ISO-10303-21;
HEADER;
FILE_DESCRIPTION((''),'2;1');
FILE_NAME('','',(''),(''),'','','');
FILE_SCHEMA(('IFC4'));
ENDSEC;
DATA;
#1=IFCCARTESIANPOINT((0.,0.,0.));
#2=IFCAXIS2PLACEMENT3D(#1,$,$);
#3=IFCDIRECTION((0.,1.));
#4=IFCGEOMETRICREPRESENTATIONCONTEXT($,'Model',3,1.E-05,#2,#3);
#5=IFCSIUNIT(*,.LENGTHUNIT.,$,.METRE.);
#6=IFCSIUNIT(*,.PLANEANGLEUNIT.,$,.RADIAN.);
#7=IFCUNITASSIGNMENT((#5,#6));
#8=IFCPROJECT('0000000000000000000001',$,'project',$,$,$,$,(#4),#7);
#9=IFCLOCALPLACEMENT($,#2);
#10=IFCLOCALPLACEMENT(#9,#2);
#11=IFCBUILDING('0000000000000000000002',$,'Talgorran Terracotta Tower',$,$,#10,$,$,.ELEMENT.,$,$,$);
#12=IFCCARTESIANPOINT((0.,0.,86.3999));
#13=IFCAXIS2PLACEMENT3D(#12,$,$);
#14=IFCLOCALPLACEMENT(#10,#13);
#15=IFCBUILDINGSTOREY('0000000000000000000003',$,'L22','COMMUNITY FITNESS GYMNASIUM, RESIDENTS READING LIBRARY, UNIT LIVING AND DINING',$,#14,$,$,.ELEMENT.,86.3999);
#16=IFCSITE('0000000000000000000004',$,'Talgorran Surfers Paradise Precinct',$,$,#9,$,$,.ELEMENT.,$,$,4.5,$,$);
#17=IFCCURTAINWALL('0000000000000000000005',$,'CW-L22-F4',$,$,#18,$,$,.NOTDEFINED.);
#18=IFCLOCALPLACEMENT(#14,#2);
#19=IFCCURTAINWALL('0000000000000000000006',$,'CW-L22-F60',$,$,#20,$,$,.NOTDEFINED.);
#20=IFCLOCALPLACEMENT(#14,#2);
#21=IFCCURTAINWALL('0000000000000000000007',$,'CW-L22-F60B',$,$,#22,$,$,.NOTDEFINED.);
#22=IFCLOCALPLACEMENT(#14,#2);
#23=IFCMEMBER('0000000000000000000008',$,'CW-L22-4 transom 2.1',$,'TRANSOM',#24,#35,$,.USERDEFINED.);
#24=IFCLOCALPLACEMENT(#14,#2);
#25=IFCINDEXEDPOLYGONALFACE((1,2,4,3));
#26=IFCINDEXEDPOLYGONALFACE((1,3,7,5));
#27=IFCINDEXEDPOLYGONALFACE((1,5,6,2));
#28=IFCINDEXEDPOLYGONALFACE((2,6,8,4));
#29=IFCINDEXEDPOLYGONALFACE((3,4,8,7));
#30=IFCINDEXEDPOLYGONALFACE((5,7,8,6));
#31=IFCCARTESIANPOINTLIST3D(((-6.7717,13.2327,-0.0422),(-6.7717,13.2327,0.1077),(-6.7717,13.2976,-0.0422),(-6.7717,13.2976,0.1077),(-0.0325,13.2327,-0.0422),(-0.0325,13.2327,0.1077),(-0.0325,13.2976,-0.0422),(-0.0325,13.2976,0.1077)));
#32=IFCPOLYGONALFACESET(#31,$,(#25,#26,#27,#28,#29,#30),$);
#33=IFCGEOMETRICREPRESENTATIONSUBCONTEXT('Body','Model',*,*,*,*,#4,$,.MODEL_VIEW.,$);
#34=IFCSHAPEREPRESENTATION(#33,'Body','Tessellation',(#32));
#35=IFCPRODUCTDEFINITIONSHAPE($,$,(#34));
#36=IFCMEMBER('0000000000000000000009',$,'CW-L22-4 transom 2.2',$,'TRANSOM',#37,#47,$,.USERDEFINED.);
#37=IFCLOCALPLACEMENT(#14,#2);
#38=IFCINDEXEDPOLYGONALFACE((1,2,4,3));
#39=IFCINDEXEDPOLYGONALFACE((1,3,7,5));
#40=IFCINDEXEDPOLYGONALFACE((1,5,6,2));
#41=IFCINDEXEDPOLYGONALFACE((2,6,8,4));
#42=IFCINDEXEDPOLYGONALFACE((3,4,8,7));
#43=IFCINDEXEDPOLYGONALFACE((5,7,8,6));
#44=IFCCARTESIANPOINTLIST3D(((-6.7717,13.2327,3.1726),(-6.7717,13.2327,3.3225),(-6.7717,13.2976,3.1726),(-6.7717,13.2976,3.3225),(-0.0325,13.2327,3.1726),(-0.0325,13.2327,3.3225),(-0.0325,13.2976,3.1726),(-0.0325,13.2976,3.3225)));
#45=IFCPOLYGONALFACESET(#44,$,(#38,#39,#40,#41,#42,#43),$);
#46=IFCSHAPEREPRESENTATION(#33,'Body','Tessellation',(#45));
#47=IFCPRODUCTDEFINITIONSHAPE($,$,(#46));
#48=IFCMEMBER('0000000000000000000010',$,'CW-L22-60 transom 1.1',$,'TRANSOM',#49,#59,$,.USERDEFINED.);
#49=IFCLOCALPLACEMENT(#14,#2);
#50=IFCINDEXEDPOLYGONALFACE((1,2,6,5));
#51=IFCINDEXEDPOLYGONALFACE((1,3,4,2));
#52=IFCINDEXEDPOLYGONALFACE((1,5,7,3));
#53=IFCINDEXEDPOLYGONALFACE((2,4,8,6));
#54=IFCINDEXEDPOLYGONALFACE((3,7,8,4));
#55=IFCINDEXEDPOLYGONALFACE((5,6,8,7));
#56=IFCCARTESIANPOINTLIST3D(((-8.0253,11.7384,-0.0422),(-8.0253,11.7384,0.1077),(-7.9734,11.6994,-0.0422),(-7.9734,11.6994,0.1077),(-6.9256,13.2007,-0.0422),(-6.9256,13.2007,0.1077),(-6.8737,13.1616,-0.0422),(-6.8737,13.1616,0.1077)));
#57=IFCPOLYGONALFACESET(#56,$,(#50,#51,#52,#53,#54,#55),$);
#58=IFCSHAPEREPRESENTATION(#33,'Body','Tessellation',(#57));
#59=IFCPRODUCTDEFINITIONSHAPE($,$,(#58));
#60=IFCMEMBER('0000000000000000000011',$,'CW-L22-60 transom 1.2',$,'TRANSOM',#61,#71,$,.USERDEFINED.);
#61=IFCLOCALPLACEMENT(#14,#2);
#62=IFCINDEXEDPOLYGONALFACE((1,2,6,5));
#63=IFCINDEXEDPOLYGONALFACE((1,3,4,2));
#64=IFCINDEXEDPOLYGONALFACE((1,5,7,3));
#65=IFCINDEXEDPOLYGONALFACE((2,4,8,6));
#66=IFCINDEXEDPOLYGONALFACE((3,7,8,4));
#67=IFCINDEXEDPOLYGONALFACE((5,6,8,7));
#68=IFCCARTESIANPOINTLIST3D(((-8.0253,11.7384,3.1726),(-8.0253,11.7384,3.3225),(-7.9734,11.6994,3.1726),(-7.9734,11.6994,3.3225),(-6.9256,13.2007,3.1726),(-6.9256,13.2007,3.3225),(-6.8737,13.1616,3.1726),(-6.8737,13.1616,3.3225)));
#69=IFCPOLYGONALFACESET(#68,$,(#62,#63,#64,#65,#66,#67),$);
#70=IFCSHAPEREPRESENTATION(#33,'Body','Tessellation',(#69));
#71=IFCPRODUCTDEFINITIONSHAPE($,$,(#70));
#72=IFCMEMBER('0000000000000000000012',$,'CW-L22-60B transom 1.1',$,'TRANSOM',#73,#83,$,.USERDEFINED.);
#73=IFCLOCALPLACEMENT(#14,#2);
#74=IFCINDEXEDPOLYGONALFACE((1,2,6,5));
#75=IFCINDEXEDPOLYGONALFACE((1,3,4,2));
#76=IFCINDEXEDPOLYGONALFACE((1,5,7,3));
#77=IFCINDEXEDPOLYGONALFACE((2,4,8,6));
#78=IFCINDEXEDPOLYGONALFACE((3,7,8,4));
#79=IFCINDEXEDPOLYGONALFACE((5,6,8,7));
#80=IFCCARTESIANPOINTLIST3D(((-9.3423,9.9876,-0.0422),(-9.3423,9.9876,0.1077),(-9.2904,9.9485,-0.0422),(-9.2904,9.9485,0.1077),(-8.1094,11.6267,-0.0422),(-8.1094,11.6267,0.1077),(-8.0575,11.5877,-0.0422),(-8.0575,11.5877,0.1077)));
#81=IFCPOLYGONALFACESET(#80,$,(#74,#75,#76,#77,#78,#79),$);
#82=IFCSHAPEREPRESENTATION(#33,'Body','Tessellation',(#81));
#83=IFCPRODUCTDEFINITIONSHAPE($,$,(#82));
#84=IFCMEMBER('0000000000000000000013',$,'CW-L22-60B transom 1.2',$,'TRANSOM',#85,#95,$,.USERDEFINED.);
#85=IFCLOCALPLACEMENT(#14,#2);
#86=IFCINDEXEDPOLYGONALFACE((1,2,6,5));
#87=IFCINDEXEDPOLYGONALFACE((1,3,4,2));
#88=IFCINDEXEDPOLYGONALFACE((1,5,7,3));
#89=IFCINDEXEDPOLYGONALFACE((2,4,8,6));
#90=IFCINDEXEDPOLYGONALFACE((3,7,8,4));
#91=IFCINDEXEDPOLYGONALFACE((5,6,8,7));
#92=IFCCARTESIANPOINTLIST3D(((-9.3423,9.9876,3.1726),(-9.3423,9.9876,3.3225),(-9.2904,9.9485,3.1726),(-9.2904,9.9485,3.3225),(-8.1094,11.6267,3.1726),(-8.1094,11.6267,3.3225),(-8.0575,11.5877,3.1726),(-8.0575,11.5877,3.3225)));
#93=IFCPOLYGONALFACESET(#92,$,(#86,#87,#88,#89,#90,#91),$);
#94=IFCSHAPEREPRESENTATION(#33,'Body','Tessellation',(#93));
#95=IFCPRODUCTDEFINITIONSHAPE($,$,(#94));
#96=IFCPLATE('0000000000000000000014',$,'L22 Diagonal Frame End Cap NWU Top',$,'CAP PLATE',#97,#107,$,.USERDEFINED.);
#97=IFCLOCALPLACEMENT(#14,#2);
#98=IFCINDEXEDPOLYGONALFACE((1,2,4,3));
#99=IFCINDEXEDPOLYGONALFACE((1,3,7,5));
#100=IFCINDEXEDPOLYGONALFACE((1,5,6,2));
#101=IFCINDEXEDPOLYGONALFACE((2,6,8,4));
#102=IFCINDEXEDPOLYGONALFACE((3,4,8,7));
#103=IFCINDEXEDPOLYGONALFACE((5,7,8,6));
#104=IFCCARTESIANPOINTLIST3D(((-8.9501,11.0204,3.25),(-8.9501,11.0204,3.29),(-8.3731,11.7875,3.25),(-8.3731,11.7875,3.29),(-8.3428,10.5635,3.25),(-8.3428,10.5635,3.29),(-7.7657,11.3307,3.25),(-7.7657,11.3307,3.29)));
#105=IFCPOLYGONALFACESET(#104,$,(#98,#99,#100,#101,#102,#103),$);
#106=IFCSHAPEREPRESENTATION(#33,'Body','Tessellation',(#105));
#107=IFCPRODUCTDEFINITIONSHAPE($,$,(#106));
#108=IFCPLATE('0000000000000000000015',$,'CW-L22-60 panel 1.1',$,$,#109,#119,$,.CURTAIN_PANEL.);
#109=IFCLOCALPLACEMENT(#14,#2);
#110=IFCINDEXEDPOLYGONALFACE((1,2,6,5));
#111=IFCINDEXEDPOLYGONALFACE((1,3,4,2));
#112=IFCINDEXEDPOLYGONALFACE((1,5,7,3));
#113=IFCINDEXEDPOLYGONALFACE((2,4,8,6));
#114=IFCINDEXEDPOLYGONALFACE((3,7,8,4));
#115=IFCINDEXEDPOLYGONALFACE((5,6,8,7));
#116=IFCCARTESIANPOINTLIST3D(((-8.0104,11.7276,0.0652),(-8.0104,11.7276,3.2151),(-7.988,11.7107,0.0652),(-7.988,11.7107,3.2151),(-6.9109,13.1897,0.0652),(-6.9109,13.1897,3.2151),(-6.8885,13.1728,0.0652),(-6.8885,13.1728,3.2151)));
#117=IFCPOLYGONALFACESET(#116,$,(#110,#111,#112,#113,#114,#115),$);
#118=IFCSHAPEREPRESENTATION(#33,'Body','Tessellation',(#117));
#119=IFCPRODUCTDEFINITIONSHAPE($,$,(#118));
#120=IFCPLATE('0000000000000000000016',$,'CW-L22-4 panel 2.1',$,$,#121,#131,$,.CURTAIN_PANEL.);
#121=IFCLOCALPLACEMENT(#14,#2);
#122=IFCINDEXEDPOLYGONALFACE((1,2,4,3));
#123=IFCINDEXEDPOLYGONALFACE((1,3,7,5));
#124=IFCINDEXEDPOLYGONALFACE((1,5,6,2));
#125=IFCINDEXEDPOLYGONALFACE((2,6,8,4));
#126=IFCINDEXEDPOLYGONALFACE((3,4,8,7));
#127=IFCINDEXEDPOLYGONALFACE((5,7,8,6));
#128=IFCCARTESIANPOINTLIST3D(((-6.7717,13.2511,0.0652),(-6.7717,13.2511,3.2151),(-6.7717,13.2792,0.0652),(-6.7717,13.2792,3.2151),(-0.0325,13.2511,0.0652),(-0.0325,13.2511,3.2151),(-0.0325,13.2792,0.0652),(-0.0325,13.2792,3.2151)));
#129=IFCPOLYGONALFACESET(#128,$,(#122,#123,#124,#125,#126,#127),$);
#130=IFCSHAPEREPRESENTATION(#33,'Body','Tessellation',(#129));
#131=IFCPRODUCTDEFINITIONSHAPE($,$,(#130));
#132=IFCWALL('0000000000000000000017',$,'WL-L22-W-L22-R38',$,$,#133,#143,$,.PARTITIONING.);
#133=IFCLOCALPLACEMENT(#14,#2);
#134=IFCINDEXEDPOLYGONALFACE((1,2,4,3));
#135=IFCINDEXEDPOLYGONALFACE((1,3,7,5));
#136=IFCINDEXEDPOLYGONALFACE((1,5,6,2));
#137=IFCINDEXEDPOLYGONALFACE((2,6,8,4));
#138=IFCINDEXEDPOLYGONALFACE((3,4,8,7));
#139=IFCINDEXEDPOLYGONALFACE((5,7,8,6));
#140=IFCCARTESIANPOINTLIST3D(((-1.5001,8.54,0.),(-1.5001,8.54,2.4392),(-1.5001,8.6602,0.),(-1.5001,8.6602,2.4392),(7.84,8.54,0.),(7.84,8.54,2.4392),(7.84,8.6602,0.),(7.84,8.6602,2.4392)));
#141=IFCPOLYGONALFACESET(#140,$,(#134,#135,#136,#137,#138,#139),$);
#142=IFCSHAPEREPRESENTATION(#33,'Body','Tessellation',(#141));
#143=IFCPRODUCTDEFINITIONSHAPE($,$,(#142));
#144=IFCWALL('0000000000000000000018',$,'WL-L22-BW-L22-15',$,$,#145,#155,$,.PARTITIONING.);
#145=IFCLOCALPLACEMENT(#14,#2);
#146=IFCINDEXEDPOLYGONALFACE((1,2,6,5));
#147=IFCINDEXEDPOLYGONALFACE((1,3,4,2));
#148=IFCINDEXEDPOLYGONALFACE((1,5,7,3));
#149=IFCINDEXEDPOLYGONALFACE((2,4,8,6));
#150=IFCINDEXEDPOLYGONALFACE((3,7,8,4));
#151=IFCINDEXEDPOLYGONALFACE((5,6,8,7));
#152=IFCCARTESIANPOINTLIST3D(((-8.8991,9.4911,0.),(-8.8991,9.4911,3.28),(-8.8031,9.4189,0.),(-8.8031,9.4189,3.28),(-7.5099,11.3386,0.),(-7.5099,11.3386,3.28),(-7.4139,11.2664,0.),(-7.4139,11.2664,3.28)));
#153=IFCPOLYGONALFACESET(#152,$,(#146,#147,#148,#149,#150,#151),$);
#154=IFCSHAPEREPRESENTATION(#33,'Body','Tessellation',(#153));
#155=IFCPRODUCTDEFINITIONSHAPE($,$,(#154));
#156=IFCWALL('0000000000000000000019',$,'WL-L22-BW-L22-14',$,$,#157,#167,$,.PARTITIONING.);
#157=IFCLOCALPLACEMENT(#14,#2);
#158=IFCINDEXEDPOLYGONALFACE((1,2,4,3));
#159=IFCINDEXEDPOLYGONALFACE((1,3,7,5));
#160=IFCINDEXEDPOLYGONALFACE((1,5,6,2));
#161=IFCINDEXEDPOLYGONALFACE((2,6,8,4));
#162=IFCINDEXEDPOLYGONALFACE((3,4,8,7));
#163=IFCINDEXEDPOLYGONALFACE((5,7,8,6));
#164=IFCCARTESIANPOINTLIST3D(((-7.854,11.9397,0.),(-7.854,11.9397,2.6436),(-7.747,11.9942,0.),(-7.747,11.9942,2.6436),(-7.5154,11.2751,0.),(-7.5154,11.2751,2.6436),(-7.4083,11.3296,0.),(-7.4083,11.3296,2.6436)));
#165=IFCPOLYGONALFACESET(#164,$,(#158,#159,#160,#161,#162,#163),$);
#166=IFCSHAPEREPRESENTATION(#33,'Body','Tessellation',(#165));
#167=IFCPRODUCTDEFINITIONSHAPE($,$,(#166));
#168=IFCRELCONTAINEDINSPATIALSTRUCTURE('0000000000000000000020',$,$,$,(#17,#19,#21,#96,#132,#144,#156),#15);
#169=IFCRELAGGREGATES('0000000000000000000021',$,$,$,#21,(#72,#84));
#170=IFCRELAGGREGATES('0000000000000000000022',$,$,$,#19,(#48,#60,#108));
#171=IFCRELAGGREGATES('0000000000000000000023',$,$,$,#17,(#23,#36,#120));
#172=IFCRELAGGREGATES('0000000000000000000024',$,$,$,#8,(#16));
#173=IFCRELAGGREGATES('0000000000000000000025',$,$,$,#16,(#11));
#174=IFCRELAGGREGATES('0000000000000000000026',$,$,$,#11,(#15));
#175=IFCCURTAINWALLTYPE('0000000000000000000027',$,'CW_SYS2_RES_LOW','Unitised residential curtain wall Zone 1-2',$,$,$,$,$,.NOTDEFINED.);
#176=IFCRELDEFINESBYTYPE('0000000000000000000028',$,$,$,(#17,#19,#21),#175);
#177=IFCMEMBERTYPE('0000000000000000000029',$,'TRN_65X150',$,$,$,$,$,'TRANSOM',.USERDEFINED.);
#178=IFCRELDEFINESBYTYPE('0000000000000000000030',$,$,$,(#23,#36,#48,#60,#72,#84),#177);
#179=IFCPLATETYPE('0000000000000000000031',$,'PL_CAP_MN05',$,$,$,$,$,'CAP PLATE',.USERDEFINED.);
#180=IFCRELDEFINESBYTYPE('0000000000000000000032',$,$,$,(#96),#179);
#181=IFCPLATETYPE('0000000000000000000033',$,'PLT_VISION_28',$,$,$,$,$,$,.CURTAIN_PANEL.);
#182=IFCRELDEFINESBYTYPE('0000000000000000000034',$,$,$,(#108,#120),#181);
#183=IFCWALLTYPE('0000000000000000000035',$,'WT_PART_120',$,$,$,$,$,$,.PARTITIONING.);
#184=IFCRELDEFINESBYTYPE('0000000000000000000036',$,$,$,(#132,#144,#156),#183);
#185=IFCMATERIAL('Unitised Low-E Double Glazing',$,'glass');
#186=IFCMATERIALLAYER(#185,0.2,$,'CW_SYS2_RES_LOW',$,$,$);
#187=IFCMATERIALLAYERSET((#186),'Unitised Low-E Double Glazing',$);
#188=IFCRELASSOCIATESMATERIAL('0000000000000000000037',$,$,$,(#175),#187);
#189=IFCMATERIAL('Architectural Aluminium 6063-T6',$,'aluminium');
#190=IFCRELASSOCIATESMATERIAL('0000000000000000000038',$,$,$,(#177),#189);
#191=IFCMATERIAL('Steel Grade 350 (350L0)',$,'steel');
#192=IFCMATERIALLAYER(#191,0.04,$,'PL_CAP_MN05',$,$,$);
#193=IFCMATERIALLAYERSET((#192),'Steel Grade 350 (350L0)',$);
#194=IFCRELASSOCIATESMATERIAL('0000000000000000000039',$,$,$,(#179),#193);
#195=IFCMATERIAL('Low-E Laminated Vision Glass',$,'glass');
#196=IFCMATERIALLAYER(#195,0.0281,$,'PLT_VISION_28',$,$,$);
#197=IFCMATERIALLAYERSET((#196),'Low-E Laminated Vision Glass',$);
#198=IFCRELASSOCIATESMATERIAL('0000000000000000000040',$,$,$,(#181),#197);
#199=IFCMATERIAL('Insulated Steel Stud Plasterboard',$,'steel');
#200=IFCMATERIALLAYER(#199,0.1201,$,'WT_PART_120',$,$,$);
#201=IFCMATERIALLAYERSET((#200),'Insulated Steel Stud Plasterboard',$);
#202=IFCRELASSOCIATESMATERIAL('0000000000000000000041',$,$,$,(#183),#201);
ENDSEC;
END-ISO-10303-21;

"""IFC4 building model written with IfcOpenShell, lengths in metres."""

from ifc_helpers import new_model, si_unit, direction, frame, frame_2d, origin, origin_2d, place, context, subcontext, project, spatial, rectangle, extrude, source, transform, mapped, material, layer, layer_set, material_profile, profile_set, type_object, type_shapes, element, aggregate, save


model = new_model("IFC4")

# Units and contexts
model_context = context("Model", 3, precision=1e-05, world=origin(), true_north=direction((0.0, 1.0)))
body_context = subcontext(model_context, "Body", "Model", "MODEL_VIEW")
ifc_project = project(units=[si_unit("LENGTHUNIT", "METRE"), si_unit("PLANEANGLEUNIT", "RADIAN")], contexts=[model_context])

# Site, building, storey
site_placement = place(None, origin())
site = spatial("IfcSite", under=ifc_project, at=site_placement, Name="Talgorran Surfers Paradise Precinct", CompositionType="ELEMENT", RefElevation=4.5)
building_placement = place(site_placement, origin())
building = spatial("IfcBuilding", under=site, at=building_placement, Name="Talgorran Terracotta Tower", CompositionType="ELEMENT")
storey_placement = place(building_placement, frame((0.0, 0.0, 86.3999)))
storey = spatial("IfcBuildingStorey", under=building, at=storey_placement, Name="L22", Description="COMMUNITY FITNESS GYMNASIUM, RESIDENTS READING LIBRARY, UNIT LIVING AND DINING", CompositionType="ELEMENT", Elevation=86.3999)

# Shared definitions
ifc_material_1 = material(Name="Steel Grade 350 (350L0)", Category="steel")

# Curtain wall
ifc_material_2 = material(Name="Unitised Low-E Double Glazing", Category="glass")
ifc_layer_1 = layer(ifc_material_2, 0.2, Name="CW_SYS2_RES_LOW")
ifc_layer_set_1 = layer_set([ifc_layer_1], Name="Unitised Low-E Double Glazing")
curtain_wall_type = type_object("IfcCurtainWallType", Name="CW_SYS2_RES_LOW", Description="Unitised residential curtain wall Zone 1-2", PredefinedType="NOTDEFINED", material=ifc_layer_set_1)
curtain_wall_1_placement = place(storey_placement, origin())
curtain_wall_1 = element("IfcCurtainWall", 1, at=curtain_wall_1_placement, inside=storey, type_object=curtain_wall_type, Name="CW-L22-F4", PredefinedType="NOTDEFINED")
ifc_material_3 = material(Name="Architectural Aluminium 6063-T6", Category="aluminium")

# Curtain wall
curtain_wall_2_placement = place(storey_placement, origin())
curtain_wall_2 = element("IfcCurtainWall", 2, at=curtain_wall_2_placement, inside=storey, type_object=curtain_wall_type, Name="CW-L22-F60", PredefinedType="NOTDEFINED")

# Curtain wall
curtain_wall_3_placement = place(storey_placement, origin())
curtain_wall_3 = element("IfcCurtainWall", 3, at=curtain_wall_3_placement, inside=storey, type_object=curtain_wall_type, Name="CW-L22-F60B", PredefinedType="NOTDEFINED")

# Members
ifc_material_profile_1 = material_profile(ifc_material_3, rectangle(XDim=0.0649, YDim=0.1499, at=origin_2d()), Name="CWT65X150")
ifc_profile_set_1 = profile_set([ifc_material_profile_1], Name="Architectural Aluminium 6063-T6")
member_type_1 = type_object("IfcMemberType", Name="TRN_65X150", ElementType="TRANSOM", PredefinedType="USERDEFINED", material=ifc_profile_set_1)
member_1_placement = place(storey_placement, frame((-0.0325, 13.2651, 0.0327), z_axis=(-1.0, 0.0, 0.0), x_axis=(0.0, -1.0, 0.0)))
member_1 = element("IfcMember", 4, at=member_1_placement, type_object=member_type_1, Name="CW-L22-4 transom 2.1", ObjectType="TRANSOM", PredefinedType="USERDEFINED", context=body_context, shape_type="SweptSolid", body=[
    extrude(rectangle(XDim=0.0649, YDim=0.1499, at=origin_2d()), origin(), (0.0, 0.0, 1.0), 6.7393),
])
member_2_placement = place(storey_placement, frame((-0.0325, 13.2651, 3.2476), z_axis=(-1.0, 0.0, 0.0), x_axis=(0.0, -1.0, 0.0)))
member_2 = element("IfcMember", 5, at=member_2_placement, type_object=member_type_1, Name="CW-L22-4 transom 2.2", ObjectType="TRANSOM", PredefinedType="USERDEFINED", context=body_context, shape_type="SweptSolid", body=[
    extrude(rectangle(XDim=0.0649, YDim=0.1499, at=origin_2d()), origin(), (0.0, 0.0, 1.0), 6.7393),
])
member_3_placement = place(storey_placement, frame((-6.8997, 13.1812, 0.0327), z_axis=(-0.601046, -0.799215, 0.0), x_axis=(0.799215, -0.601046, 0.0)))
member_3 = element("IfcMember", 6, at=member_3_placement, type_object=member_type_1, Name="CW-L22-60 transom 1.1", ObjectType="TRANSOM", PredefinedType="USERDEFINED", context=body_context, shape_type="SweptSolid", body=[
    extrude(rectangle(XDim=0.0649, YDim=0.1499, at=origin_2d()), origin(), (0.0, 0.0, 1.0), 1.8296),
])
member_4_placement = place(storey_placement, frame((-6.8997, 13.1812, 3.2476), z_axis=(-0.601046, -0.799215, 0.0), x_axis=(0.799215, -0.601046, 0.0)))
member_4 = element("IfcMember", 7, at=member_4_placement, type_object=member_type_1, Name="CW-L22-60 transom 1.2", ObjectType="TRANSOM", PredefinedType="USERDEFINED", context=body_context, shape_type="SweptSolid", body=[
    extrude(rectangle(XDim=0.0649, YDim=0.1499, at=origin_2d()), origin(), (0.0, 0.0, 1.0), 1.8296),
])
member_5_placement = place(storey_placement, frame((-8.0835, 11.6072, 0.0327), z_axis=(-0.601104, -0.799171, 0.0), x_axis=(0.799171, -0.601104, 0.0)))
member_5 = element("IfcMember", 8, at=member_5_placement, type_object=member_type_1, Name="CW-L22-60B transom 1.1", ObjectType="TRANSOM", PredefinedType="USERDEFINED", context=body_context, shape_type="SweptSolid", body=[
    extrude(rectangle(XDim=0.0649, YDim=0.1499, at=origin_2d()), origin(), (0.0, 0.0, 1.0), 2.051),
])
member_6_placement = place(storey_placement, frame((-8.0835, 11.6072, 3.2476), z_axis=(-0.601104, -0.799171, 0.0), x_axis=(0.799171, -0.601104, 0.0)))
member_6 = element("IfcMember", 9, at=member_6_placement, type_object=member_type_1, Name="CW-L22-60B transom 1.2", ObjectType="TRANSOM", PredefinedType="USERDEFINED", context=body_context, shape_type="SweptSolid", body=[
    extrude(rectangle(XDim=0.0649, YDim=0.1499, at=origin_2d()), origin(), (0.0, 0.0, 1.0), 2.051),
])
aggregate(curtain_wall_3, [member_5, member_6])

# Plates
ifc_layer_2 = layer(ifc_material_1, 0.04, Name="PL_CAP_MN05")
ifc_layer_set_2 = layer_set([ifc_layer_2], Name="Steel Grade 350 (350L0)")
plate_type_1 = type_object("IfcPlateType", Name="PL_CAP_MN05", ElementType="CAP PLATE", PredefinedType="USERDEFINED", material=ifc_layer_set_2)
plate_1_placement = place(storey_placement, frame((-8.3579, 11.1755, 3.25), z_axis=(0.0, 0.0, 1.0), x_axis=(0.601118, 0.79916, 0.0)))
element("IfcPlate", 10, at=plate_1_placement, inside=storey, type_object=plate_type_1, Name="L22 Diagonal Frame End Cap NWU Top", ObjectType="CAP PLATE", PredefinedType="USERDEFINED", context=body_context, shape_type="SweptSolid", body=[
    extrude(rectangle(XDim=0.96, YDim=0.76, at=origin_2d()), origin(), (0.0, 0.0, 1.0), 0.04),
])
ifc_material_4 = material(Name="Low-E Laminated Vision Glass", Category="glass")
ifc_layer_3 = layer(ifc_material_4, 0.0281, Name="PLT_VISION_28")
ifc_layer_set_3 = layer_set([ifc_layer_3], Name="Low-E Laminated Vision Glass")
plate_type_2 = type_object("IfcPlateType", Name="PLT_VISION_28", PredefinedType="CURTAIN_PANEL", material=ifc_layer_set_3)
shared_shape_1 = source(origin(), body_context, "Body", "SweptSolid", [
    extrude(rectangle(XDim=1.8293, YDim=0.0281, at=origin_2d()), origin(), (0.0, 0.0, 1.0), 3.1499),
])
plate_2_placement = place(storey_placement, frame((-7.4495, 12.4502, 0.0652), z_axis=(0.0, 0.0, 1.0), x_axis=(-0.601045, -0.799215, 0.0)))
plate_2 = element("IfcPlate", 11, at=plate_2_placement, type_object=plate_type_2, Name="CW-L22-60 panel 1.1", PredefinedType="CURTAIN_PANEL", context=body_context, shape_type="MappedRepresentation", body=[
    mapped(shared_shape_1, transform((0.0, 0.0, 0.0), scale=1.0)),
])
aggregate(curtain_wall_2, [member_3, member_4, plate_2])
shared_shape_2 = source(origin(), body_context, "Body", "SweptSolid", [
    extrude(rectangle(XDim=6.7393, YDim=0.0281, at=origin_2d()), origin(), (0.0, 0.0, 1.0), 3.1499),
])
type_shapes(plate_type_2, [shared_shape_1, shared_shape_2])
plate_3_placement = place(storey_placement, frame((-3.4021, 13.2651, 0.0652), z_axis=(0.0, 0.0, 1.0), x_axis=(-1.0, 0.0, 0.0)))
plate_3 = element("IfcPlate", 12, at=plate_3_placement, type_object=plate_type_2, Name="CW-L22-4 panel 2.1", PredefinedType="CURTAIN_PANEL", context=body_context, shape_type="MappedRepresentation", body=[
    mapped(shared_shape_2, transform((0.0, 0.0, 0.0), scale=1.0)),
])
aggregate(curtain_wall_1, [member_1, member_2, plate_3])

# Walls
ifc_material_5 = material(Name="Insulated Steel Stud Plasterboard", Category="steel")
ifc_layer_4 = layer(ifc_material_5, 0.1201, Name="WT_PART_120")
ifc_layer_set_4 = layer_set([ifc_layer_4], Name="Insulated Steel Stud Plasterboard")
wall_type = type_object("IfcWallType", Name="WT_PART_120", PredefinedType="PARTITIONING", material=ifc_layer_set_4)
wall_1_placement = place(storey_placement, frame((-1.5, 8.6001, 0.0), z_axis=(0.0, 0.0, 1.0), x_axis=(1.0, 0.0, 0.0)))
element("IfcWall", 13, at=wall_1_placement, inside=storey, type_object=wall_type, Name="WL-L22-W-L22-R38", PredefinedType="PARTITIONING", context=body_context, shape_type="SweptSolid", body=[
    extrude(rectangle(XDim=9.3401, YDim=0.1201, at=frame_2d((4.6699, 0.0))), origin(), (0.0, 0.0, 1.0), 2.4392),
])
wall_2_placement = place(storey_placement, frame((-7.4619, 11.3025, 0.0), z_axis=(0.0, 0.0, 1.0), x_axis=(-0.600997, -0.799252, 0.0)))
element("IfcWall", 14, at=wall_2_placement, inside=storey, type_object=wall_type, Name="WL-L22-BW-L22-15", PredefinedType="PARTITIONING", context=body_context, shape_type="SweptSolid", body=[
    extrude(rectangle(XDim=2.3115, YDim=0.1201, at=frame_2d((1.1558, 0.0))), origin(), (0.0, 0.0, 1.0), 3.28),
])
wall_3_placement = place(storey_placement, frame((-7.8005, 11.967, 0.0), z_axis=(0.0, 0.0, 1.0), x_axis=(0.454009, -0.890997, 0.0)))
element("IfcWall", 15, at=wall_3_placement, inside=storey, type_object=wall_type, Name="WL-L22-BW-L22-14", PredefinedType="PARTITIONING", context=body_context, shape_type="SweptSolid", body=[
    extrude(rectangle(XDim=0.7458, YDim=0.1201, at=frame_2d((0.373, 0.0))), origin(), (0.0, 0.0, 1.0), 2.6436),
])

save(model, "model.ifc")
